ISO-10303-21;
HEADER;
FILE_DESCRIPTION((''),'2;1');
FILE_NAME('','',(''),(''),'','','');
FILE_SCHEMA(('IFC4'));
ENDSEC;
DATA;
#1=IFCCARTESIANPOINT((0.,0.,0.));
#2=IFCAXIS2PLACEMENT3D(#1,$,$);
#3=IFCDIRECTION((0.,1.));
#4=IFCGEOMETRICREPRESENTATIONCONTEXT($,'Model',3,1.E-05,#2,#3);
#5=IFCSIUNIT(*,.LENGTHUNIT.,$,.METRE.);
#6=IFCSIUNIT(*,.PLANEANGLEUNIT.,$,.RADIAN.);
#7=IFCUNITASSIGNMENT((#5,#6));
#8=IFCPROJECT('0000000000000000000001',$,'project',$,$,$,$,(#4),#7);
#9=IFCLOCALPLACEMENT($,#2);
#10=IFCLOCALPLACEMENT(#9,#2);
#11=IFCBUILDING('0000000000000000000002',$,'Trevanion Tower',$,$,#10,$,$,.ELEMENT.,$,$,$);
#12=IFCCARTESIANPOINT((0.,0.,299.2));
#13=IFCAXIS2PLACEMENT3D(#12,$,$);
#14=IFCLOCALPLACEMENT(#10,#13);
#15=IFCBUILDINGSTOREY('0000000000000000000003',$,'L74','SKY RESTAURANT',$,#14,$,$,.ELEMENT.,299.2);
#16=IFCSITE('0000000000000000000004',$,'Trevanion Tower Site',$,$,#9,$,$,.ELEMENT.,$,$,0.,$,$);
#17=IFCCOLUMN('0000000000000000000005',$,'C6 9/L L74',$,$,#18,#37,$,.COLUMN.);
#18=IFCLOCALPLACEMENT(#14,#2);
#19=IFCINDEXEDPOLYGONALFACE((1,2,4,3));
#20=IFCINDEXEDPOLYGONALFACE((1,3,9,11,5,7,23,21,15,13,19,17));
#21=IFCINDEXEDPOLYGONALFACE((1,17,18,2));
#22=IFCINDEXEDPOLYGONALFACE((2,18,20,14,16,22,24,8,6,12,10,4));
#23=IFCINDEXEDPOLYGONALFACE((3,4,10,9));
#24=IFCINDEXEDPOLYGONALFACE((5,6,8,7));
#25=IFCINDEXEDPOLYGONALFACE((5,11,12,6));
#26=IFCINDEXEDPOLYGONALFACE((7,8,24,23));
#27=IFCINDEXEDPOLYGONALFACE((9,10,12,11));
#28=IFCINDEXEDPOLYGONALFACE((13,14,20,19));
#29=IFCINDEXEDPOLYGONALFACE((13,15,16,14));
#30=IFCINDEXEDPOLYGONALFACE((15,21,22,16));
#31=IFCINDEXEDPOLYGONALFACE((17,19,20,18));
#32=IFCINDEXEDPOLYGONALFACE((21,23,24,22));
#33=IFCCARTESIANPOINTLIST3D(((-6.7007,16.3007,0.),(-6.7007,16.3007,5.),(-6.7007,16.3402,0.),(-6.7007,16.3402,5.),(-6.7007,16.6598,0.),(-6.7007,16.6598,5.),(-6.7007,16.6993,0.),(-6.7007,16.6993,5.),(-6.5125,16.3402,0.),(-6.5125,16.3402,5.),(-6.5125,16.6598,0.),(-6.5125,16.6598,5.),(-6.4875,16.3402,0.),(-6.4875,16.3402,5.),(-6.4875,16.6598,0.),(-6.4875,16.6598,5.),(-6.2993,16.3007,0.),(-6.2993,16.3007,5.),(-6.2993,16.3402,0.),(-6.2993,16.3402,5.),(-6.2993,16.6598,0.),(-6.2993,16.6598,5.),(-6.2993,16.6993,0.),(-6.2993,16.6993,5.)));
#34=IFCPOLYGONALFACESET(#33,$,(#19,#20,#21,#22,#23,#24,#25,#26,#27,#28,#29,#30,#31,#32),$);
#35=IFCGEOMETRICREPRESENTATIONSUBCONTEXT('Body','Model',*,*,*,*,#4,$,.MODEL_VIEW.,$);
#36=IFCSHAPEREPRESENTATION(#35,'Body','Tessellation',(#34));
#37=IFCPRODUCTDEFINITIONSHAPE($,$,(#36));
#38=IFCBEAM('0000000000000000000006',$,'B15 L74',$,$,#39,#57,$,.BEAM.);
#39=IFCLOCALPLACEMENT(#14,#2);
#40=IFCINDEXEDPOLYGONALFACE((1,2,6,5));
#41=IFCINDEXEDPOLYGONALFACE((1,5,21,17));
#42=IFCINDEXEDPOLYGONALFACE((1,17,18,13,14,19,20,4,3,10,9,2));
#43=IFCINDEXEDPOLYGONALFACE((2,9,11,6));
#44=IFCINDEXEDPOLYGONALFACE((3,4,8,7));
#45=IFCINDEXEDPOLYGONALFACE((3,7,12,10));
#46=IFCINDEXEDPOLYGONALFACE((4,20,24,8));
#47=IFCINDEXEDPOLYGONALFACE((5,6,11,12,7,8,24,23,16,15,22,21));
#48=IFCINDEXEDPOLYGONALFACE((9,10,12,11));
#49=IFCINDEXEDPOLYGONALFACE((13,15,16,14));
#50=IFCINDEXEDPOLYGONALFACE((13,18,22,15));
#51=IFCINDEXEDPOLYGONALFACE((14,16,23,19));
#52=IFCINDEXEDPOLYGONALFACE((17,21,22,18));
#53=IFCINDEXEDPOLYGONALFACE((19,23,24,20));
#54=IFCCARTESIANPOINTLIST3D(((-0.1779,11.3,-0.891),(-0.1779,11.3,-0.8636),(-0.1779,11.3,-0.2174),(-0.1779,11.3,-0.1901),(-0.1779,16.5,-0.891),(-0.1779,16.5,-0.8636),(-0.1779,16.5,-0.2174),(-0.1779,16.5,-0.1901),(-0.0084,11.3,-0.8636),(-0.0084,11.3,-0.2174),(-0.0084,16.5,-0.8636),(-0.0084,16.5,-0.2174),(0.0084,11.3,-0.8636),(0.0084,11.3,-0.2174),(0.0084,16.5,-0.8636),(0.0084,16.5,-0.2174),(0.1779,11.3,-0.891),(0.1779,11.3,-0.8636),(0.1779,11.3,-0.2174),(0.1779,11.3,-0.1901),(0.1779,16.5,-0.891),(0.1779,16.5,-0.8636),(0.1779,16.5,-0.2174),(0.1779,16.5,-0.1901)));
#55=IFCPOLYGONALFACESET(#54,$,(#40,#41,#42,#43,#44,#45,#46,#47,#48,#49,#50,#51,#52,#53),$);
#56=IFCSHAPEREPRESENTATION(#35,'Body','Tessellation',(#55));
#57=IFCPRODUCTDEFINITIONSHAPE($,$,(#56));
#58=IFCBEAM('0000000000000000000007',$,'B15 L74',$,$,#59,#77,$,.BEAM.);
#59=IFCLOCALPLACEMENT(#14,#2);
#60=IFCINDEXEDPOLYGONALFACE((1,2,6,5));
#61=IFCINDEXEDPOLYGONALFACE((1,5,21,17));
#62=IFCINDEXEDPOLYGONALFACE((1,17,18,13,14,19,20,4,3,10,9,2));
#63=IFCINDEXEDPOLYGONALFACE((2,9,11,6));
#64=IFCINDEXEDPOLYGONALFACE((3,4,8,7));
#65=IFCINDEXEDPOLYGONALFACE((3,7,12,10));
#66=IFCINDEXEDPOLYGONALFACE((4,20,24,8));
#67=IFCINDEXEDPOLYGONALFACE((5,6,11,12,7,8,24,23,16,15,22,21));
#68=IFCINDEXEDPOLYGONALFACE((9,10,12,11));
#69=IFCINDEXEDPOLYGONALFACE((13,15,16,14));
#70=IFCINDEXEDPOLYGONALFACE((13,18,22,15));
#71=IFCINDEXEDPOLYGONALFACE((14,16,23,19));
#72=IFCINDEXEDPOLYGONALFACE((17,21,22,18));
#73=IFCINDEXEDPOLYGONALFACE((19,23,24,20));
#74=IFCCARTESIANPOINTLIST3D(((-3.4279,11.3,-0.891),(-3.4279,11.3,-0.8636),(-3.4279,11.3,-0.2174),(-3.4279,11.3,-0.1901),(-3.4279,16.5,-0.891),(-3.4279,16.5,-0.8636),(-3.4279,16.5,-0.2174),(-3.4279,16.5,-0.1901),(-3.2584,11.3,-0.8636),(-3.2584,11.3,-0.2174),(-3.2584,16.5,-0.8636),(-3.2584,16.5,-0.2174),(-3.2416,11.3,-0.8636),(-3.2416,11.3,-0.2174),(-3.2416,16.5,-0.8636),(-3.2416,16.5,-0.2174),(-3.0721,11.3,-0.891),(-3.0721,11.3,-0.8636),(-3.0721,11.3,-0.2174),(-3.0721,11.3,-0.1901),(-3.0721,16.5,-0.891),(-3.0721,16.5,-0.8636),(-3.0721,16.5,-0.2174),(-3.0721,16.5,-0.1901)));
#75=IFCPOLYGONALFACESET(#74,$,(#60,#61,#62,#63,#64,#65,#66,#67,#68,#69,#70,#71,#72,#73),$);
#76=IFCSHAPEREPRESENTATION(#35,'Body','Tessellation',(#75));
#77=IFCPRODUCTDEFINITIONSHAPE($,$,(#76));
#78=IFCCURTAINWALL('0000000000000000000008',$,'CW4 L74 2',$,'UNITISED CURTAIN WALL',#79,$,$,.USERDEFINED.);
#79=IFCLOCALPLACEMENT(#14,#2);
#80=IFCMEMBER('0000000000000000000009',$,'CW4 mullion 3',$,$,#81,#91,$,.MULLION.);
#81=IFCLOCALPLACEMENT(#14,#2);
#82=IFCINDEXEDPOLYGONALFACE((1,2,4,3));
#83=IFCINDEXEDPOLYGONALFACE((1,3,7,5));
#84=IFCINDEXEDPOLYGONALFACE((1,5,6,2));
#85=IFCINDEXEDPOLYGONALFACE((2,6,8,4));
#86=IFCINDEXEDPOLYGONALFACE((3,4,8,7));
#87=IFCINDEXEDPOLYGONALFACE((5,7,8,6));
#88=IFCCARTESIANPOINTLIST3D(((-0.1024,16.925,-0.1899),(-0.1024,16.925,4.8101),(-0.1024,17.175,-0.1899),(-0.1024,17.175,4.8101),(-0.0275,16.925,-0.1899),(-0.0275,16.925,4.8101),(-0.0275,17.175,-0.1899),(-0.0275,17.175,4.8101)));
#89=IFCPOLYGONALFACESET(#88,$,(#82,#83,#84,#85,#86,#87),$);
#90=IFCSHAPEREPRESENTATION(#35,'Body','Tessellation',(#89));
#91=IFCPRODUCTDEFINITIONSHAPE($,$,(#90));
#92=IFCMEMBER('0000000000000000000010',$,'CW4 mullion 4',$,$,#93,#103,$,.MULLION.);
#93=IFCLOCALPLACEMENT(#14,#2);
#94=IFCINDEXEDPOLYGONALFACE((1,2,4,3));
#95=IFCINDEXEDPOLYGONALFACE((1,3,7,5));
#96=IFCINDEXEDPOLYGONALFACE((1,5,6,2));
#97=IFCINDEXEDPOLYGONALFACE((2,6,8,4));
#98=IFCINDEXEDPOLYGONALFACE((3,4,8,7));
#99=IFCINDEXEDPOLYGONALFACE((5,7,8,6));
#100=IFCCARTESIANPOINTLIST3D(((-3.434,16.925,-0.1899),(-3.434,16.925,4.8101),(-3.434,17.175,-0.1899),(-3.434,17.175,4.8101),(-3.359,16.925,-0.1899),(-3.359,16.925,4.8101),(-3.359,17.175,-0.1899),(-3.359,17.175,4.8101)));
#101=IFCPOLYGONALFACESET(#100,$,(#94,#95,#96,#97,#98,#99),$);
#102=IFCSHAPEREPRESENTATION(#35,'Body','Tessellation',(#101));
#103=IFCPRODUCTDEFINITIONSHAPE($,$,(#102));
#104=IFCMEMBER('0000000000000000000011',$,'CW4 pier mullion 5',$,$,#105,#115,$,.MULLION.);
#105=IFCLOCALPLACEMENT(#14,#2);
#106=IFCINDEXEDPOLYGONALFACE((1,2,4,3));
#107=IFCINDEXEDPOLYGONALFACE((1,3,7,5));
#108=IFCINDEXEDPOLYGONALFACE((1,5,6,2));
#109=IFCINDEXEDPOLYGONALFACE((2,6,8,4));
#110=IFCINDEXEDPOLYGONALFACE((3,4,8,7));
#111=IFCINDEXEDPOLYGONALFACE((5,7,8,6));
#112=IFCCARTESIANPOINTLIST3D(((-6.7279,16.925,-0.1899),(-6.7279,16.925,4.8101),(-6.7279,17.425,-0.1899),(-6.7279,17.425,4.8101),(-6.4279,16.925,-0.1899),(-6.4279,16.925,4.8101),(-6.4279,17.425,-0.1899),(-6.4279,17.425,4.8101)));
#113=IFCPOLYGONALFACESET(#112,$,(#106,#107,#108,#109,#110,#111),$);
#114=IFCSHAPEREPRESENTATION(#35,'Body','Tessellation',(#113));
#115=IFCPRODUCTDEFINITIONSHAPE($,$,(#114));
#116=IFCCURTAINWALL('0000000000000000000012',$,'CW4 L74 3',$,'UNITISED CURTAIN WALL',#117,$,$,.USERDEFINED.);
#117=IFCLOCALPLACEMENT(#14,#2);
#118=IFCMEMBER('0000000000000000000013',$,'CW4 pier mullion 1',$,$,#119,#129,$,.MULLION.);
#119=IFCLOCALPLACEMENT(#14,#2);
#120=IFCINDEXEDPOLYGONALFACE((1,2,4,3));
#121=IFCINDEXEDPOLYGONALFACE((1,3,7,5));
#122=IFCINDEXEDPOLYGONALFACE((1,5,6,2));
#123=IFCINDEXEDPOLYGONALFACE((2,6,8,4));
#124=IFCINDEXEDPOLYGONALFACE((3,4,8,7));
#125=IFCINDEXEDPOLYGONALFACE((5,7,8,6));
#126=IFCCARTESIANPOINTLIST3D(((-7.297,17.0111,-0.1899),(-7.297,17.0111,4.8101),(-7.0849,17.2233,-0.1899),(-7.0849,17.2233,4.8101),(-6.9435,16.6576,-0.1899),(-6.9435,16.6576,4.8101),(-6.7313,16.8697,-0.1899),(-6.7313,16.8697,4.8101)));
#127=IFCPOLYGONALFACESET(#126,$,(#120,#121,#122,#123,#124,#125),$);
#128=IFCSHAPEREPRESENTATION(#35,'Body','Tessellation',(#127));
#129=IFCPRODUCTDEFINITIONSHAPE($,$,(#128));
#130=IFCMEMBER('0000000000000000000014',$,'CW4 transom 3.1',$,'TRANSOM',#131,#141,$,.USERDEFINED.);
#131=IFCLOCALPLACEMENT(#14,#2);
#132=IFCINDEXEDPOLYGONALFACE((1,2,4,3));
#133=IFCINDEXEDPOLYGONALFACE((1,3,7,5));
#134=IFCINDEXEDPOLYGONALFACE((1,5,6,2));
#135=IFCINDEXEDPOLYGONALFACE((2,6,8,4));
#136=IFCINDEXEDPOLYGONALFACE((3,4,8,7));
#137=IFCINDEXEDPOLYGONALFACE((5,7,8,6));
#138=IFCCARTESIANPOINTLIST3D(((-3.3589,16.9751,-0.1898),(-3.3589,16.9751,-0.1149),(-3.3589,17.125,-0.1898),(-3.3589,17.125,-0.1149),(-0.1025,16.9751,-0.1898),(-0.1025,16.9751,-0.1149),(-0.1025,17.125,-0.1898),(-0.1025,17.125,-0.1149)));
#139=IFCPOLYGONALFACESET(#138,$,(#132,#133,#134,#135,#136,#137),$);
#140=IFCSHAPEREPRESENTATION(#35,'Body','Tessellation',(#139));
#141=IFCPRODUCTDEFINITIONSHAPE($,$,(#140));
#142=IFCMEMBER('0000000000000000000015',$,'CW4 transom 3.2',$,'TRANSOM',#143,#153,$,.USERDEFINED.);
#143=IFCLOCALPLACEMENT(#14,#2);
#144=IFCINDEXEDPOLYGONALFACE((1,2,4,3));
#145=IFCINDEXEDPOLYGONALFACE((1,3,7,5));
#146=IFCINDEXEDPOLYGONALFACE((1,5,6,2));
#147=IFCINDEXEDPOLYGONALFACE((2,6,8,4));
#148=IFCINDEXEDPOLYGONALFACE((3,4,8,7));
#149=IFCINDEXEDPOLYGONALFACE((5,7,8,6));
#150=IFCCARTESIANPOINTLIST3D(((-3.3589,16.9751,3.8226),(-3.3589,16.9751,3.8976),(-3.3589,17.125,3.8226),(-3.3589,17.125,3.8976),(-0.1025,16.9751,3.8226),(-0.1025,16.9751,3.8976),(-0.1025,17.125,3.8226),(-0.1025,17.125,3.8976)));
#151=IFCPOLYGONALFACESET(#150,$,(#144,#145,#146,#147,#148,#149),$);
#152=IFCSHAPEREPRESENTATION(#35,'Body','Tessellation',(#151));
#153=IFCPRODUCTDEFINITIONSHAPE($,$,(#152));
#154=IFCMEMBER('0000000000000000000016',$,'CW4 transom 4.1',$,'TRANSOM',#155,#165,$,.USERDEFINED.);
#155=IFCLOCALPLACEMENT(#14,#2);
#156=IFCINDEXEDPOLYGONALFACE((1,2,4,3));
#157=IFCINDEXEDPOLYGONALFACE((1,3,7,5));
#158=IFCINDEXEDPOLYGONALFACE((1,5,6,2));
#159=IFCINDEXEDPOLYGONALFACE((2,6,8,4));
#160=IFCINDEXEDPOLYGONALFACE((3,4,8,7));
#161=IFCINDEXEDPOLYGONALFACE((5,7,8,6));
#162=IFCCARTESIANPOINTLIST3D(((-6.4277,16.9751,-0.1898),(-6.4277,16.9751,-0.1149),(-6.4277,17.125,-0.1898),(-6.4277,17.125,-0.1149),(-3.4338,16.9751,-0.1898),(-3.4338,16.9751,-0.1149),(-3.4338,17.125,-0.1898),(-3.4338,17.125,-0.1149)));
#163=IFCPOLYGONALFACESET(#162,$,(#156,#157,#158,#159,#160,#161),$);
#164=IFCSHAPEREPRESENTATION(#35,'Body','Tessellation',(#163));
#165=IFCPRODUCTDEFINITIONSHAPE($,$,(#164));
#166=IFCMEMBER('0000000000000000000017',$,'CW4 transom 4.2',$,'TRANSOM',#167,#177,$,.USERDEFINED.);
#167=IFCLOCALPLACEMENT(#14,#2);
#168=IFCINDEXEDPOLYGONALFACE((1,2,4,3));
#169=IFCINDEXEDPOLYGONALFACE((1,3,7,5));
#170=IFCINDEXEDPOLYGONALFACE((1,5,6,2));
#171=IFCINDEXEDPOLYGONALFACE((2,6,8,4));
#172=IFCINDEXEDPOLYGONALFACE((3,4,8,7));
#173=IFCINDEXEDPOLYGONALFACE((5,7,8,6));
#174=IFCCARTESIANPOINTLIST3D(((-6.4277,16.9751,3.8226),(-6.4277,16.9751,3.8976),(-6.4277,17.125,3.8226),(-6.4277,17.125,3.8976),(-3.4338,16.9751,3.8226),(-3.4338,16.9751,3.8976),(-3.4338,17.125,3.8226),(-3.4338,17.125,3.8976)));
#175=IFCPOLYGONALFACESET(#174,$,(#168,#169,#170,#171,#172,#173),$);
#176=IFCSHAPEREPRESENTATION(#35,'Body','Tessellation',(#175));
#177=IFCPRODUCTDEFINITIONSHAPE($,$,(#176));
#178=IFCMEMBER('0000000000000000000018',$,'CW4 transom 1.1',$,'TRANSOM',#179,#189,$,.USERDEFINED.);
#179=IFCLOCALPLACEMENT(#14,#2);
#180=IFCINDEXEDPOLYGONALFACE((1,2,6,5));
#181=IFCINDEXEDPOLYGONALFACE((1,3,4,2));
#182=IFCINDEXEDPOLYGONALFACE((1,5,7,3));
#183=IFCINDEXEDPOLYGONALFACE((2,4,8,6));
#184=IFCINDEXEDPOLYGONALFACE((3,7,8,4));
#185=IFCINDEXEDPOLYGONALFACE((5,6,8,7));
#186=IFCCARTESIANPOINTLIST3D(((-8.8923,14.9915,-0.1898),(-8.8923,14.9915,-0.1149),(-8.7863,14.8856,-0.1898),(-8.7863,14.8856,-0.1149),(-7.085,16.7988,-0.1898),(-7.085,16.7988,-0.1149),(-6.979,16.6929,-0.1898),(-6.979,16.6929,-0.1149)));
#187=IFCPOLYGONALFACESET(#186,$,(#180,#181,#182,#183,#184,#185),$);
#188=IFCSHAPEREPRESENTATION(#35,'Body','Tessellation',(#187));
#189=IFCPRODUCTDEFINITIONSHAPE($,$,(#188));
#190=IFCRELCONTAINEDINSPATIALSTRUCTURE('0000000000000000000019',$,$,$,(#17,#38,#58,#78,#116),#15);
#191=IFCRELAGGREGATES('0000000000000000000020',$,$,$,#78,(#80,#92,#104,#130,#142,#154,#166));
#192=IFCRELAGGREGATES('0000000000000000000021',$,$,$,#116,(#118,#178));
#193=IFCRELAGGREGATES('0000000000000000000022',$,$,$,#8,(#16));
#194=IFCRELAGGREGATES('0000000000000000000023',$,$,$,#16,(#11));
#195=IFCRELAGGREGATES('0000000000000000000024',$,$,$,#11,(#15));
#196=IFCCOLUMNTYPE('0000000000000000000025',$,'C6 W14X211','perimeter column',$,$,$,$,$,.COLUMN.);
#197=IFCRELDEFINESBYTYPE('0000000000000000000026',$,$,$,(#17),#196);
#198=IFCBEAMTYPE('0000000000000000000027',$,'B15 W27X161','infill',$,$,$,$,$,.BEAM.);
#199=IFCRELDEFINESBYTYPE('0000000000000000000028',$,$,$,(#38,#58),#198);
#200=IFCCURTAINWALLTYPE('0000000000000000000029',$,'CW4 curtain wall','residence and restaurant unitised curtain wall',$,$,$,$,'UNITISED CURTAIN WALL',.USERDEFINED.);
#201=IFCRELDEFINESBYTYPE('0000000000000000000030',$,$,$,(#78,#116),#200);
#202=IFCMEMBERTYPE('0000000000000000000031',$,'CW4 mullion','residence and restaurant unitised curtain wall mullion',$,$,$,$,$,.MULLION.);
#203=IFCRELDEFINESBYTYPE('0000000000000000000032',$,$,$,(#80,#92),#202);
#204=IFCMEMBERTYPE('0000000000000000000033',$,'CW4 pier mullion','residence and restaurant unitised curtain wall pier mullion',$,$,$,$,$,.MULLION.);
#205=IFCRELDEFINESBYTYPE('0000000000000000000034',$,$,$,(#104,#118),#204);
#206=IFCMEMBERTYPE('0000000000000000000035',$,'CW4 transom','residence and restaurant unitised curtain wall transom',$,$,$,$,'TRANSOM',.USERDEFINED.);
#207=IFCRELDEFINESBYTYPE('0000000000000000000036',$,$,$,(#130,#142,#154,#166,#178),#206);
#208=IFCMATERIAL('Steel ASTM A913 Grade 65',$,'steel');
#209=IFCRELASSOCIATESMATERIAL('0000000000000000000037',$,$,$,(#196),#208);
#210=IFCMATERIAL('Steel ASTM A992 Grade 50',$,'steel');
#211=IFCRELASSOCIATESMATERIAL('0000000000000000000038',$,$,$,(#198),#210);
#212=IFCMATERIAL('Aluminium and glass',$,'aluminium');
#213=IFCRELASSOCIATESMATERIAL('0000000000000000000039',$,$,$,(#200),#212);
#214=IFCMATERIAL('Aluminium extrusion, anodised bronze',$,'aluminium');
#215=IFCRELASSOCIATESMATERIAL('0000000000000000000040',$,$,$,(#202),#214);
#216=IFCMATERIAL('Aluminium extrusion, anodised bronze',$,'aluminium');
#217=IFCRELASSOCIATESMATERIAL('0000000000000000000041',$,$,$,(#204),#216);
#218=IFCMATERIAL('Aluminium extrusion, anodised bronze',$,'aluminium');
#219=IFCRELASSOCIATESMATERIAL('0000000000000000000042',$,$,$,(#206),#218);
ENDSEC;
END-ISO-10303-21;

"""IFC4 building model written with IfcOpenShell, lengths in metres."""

from ifc_helpers import new_model, si_unit, direction, frame, origin, origin_2d, place, context, subcontext, project, spatial, rectangle, i_section, extrude, material, material_profile, profile_set, type_object, element, aggregate, save


model = new_model("IFC4")

# Units and contexts
model_context = context("Model", 3, precision=1e-05, world=origin(), true_north=direction((0.0, 1.0)))
body_context = subcontext(model_context, "Body", "Model", "MODEL_VIEW")
ifc_project = project(units=[si_unit("LENGTHUNIT", "METRE"), si_unit("PLANEANGLEUNIT", "RADIAN")], contexts=[model_context])

# Site, building, storey
site_placement = place(None, origin())
site = spatial("IfcSite", under=ifc_project, at=site_placement, Name="Trevanion Tower Site", CompositionType="ELEMENT", RefElevation=0.0)
building_placement = place(site_placement, origin())
building = spatial("IfcBuilding", under=site, at=building_placement, Name="Trevanion Tower", CompositionType="ELEMENT")
storey_placement = place(building_placement, frame((0.0, 0.0, 299.2)))
storey = spatial("IfcBuildingStorey", under=building, at=storey_placement, Name="L74", Description="SKY RESTAURANT", CompositionType="ELEMENT", Elevation=299.2)

# Column
ifc_material_1 = material(Name="Steel ASTM A913 Grade 65", Category="steel")
ifc_material_profile_1 = material_profile(ifc_material_1, i_section(OverallWidth=0.4014, OverallDepth=0.3987, WebThickness=0.0249, FlangeThickness=0.0396, at=origin_2d()), Name="W14X211")
ifc_profile_set_1 = profile_set([ifc_material_profile_1], Name="Steel ASTM A913 Grade 65")
column_type = type_object("IfcColumnType", Name="C6 W14X211", Description="perimeter column", PredefinedType="COLUMN", material=ifc_profile_set_1)
column_placement = place(storey_placement, frame((-6.5, 16.5, 0.0), z_axis=(0.0, 0.0, 1.0), x_axis=(1.0, 0.0, 0.0)))
element("IfcColumn", 1, at=column_placement, inside=storey, type_object=column_type, Name="C6 9/L L74", PredefinedType="COLUMN", context=body_context, shape_type="SweptSolid", body=[
    extrude(i_section(OverallWidth=0.4014, OverallDepth=0.3987, WebThickness=0.0249, FlangeThickness=0.0396, at=origin_2d()), origin(), (0.0, 0.0, 1.0), 5.0),
])

# Beams
ifc_material_2 = material(Name="Steel ASTM A992 Grade 50", Category="steel")
ifc_material_profile_2 = material_profile(ifc_material_2, i_section(OverallWidth=0.3557, OverallDepth=0.7009, WebThickness=0.0168, FlangeThickness=0.0273, at=origin_2d()), Name="W27X161")
ifc_profile_set_2 = profile_set([ifc_material_profile_2], Name="Steel ASTM A992 Grade 50")
beam_type_1 = type_object("IfcBeamType", Name="B15 W27X161", Description="infill", PredefinedType="BEAM", material=ifc_profile_set_2)
for number, where, z_axis, x_axis, name in (
    (2, (0.0, 11.3, -0.5405), (0.0, 1.0, 0.0), (-1.0, 0.0, 0.0), "B15 L74"),
    (3, (-3.25, 11.3, -0.5405), (0.0, 1.0, 0.0), (-1.0, 0.0, 0.0), "B15 L74"),
):
    element("IfcBeam", number, at=place(storey_placement, frame(where, z_axis=z_axis, x_axis=x_axis)), inside=storey, type_object=beam_type_1, Name=name, PredefinedType="BEAM", context=body_context, shape_type="SweptSolid", body=[
        extrude(i_section(OverallWidth=0.3557, OverallDepth=0.7009, WebThickness=0.0168, FlangeThickness=0.0273, at=origin_2d()), origin(), (0.0, 0.0, 1.0), 5.2),
    ])

# Curtain wall, members
ifc_material_3 = material(Name="Aluminium and glass", Category="aluminium")
curtain_wall_type = type_object("IfcCurtainWallType", Name="CW4 curtain wall", Description="residence and restaurant unitised curtain wall", ElementType="UNITISED CURTAIN WALL", PredefinedType="USERDEFINED", material=ifc_material_3)
curtain_wall_1_placement = place(storey_placement, origin())
curtain_wall_1 = element("IfcCurtainWall", 4, at=curtain_wall_1_placement, inside=storey, type_object=curtain_wall_type, Name="CW4 L74 2", ObjectType="UNITISED CURTAIN WALL", PredefinedType="USERDEFINED")
ifc_material_4 = material(Name="Aluminium extrusion, anodised bronze", Category="aluminium")
ifc_material_profile_3 = material_profile(ifc_material_4, rectangle(XDim=0.075, YDim=0.25, at=origin_2d()), Name="CW4 mullion")
ifc_profile_set_3 = profile_set([ifc_material_profile_3], Name="Aluminium extrusion, anodised bronze")
member_type_1 = type_object("IfcMemberType", Name="CW4 mullion", Description="residence and restaurant unitised curtain wall mullion", PredefinedType="MULLION", material=ifc_profile_set_3)
member_1_placement = place(storey_placement, frame((-0.0649, 17.05, -0.1899), z_axis=(0.0, 0.0, 1.0), x_axis=(-1.0, 0.0, 0.0)))
member_1 = element("IfcMember", 5, at=member_1_placement, type_object=member_type_1, Name="CW4 mullion 3", PredefinedType="MULLION", context=body_context, shape_type="SweptSolid", body=[
    extrude(rectangle(XDim=0.075, YDim=0.25, at=origin_2d()), origin(), (0.0, 0.0, 1.0), 5.0),
])
member_2_placement = place(storey_placement, frame((-3.3965, 17.05, -0.1899), z_axis=(0.0, 0.0, 1.0), x_axis=(-1.0, 0.0, 0.0)))
member_2 = element("IfcMember", 6, at=member_2_placement, type_object=member_type_1, Name="CW4 mullion 4", PredefinedType="MULLION", context=body_context, shape_type="SweptSolid", body=[
    extrude(rectangle(XDim=0.075, YDim=0.25, at=origin_2d()), origin(), (0.0, 0.0, 1.0), 5.0),
])
ifc_material_5 = material(Name="Aluminium extrusion, anodised bronze", Category="aluminium")
ifc_material_profile_4 = material_profile(ifc_material_5, rectangle(XDim=0.3, YDim=0.5, at=origin_2d()), Name="CW4 pier mullion")
ifc_profile_set_4 = profile_set([ifc_material_profile_4], Name="Aluminium extrusion, anodised bronze")
member_type_2 = type_object("IfcMemberType", Name="CW4 pier mullion", Description="residence and restaurant unitised curtain wall pier mullion", PredefinedType="MULLION", material=ifc_profile_set_4)
member_3_placement = place(storey_placement, frame((-6.5779, 17.175, -0.1899), z_axis=(0.0, 0.0, 1.0), x_axis=(-1.0, 0.0, 0.0)))
member_3 = element("IfcMember", 7, at=member_3_placement, type_object=member_type_2, Name="CW4 pier mullion 5", PredefinedType="MULLION", context=body_context, shape_type="SweptSolid", body=[
    extrude(rectangle(XDim=0.3, YDim=0.5, at=origin_2d()), origin(), (0.0, 0.0, 1.0), 5.0),
])

# Curtain wall, member
curtain_wall_2_placement = place(storey_placement, origin())
curtain_wall_2 = element("IfcCurtainWall", 8, at=curtain_wall_2_placement, inside=storey, type_object=curtain_wall_type, Name="CW4 L74 3", ObjectType="UNITISED CURTAIN WALL", PredefinedType="USERDEFINED")
member_4_placement = place(storey_placement, frame((-7.0142, 16.9404, -0.1899), z_axis=(0.0, 0.0, 1.0), x_axis=(-0.707107, -0.707107, 0.0)))
member_4 = element("IfcMember", 9, at=member_4_placement, type_object=member_type_2, Name="CW4 pier mullion 1", PredefinedType="MULLION", context=body_context, shape_type="SweptSolid", body=[
    extrude(rectangle(XDim=0.3, YDim=0.5, at=origin_2d()), origin(), (0.0, 0.0, 1.0), 5.0),
])

# Members
ifc_material_6 = material(Name="Aluminium extrusion, anodised bronze", Category="aluminium")
ifc_material_profile_5 = material_profile(ifc_material_6, rectangle(XDim=0.1499, YDim=0.075, at=origin_2d()), Name="CW4 transom")
ifc_profile_set_5 = profile_set([ifc_material_profile_5], Name="Aluminium extrusion, anodised bronze")
member_type_3 = type_object("IfcMemberType", Name="CW4 transom", Description="residence and restaurant unitised curtain wall transom", ElementType="TRANSOM", PredefinedType="USERDEFINED", material=ifc_profile_set_5)
member_5_placement = place(storey_placement, frame((-0.1025, 17.05, -0.1523), z_axis=(-1.0, 0.0, 0.0), x_axis=(0.0, -1.0, 0.0)))
member_5 = element("IfcMember", 10, at=member_5_placement, type_object=member_type_3, Name="CW4 transom 3.1", ObjectType="TRANSOM", PredefinedType="USERDEFINED", context=body_context, shape_type="SweptSolid", body=[
    extrude(rectangle(XDim=0.1499, YDim=0.075, at=origin_2d()), origin(), (0.0, 0.0, 1.0), 3.2563),
])
member_6_placement = place(storey_placement, frame((-0.1025, 17.05, 3.8601), z_axis=(-1.0, 0.0, 0.0), x_axis=(0.0, -1.0, 0.0)))
member_6 = element("IfcMember", 11, at=member_6_placement, type_object=member_type_3, Name="CW4 transom 3.2", ObjectType="TRANSOM", PredefinedType="USERDEFINED", context=body_context, shape_type="SweptSolid", body=[
    extrude(rectangle(XDim=0.1499, YDim=0.075, at=origin_2d()), origin(), (0.0, 0.0, 1.0), 3.2563),
])
member_7_placement = place(storey_placement, frame((-3.4338, 17.05, -0.1523), z_axis=(-1.0, 0.0, 0.0), x_axis=(0.0, -1.0, 0.0)))
member_7 = element("IfcMember", 12, at=member_7_placement, type_object=member_type_3, Name="CW4 transom 4.1", ObjectType="TRANSOM", PredefinedType="USERDEFINED", context=body_context, shape_type="SweptSolid", body=[
    extrude(rectangle(XDim=0.1499, YDim=0.075, at=origin_2d()), origin(), (0.0, 0.0, 1.0), 2.9939),
])
member_8_placement = place(storey_placement, frame((-3.4338, 17.05, 3.8601), z_axis=(-1.0, 0.0, 0.0), x_axis=(0.0, -1.0, 0.0)))
member_8 = element("IfcMember", 13, at=member_8_placement, type_object=member_type_3, Name="CW4 transom 4.2", ObjectType="TRANSOM", PredefinedType="USERDEFINED", context=body_context, shape_type="SweptSolid", body=[
    extrude(rectangle(XDim=0.1499, YDim=0.075, at=origin_2d()), origin(), (0.0, 0.0, 1.0), 2.9939),
])
member_9_placement = place(storey_placement, frame((-7.032, 16.7458, -0.1523), z_axis=(-0.707107, -0.707107, 0.0), x_axis=(0.707107, -0.707107, 0.0)))
member_9 = element("IfcMember", 14, at=member_9_placement, type_object=member_type_3, Name="CW4 transom 1.1", ObjectType="TRANSOM", PredefinedType="USERDEFINED", context=body_context, shape_type="SweptSolid", body=[
    extrude(rectangle(XDim=0.1499, YDim=0.075, at=origin_2d()), origin(), (0.0, 0.0, 1.0), 2.5559),
])

aggregate(curtain_wall_1, [member_1, member_2, member_3, member_5, member_6, member_7, member_8])
aggregate(curtain_wall_2, [member_4, member_9])

save(model, "model.ifc")
